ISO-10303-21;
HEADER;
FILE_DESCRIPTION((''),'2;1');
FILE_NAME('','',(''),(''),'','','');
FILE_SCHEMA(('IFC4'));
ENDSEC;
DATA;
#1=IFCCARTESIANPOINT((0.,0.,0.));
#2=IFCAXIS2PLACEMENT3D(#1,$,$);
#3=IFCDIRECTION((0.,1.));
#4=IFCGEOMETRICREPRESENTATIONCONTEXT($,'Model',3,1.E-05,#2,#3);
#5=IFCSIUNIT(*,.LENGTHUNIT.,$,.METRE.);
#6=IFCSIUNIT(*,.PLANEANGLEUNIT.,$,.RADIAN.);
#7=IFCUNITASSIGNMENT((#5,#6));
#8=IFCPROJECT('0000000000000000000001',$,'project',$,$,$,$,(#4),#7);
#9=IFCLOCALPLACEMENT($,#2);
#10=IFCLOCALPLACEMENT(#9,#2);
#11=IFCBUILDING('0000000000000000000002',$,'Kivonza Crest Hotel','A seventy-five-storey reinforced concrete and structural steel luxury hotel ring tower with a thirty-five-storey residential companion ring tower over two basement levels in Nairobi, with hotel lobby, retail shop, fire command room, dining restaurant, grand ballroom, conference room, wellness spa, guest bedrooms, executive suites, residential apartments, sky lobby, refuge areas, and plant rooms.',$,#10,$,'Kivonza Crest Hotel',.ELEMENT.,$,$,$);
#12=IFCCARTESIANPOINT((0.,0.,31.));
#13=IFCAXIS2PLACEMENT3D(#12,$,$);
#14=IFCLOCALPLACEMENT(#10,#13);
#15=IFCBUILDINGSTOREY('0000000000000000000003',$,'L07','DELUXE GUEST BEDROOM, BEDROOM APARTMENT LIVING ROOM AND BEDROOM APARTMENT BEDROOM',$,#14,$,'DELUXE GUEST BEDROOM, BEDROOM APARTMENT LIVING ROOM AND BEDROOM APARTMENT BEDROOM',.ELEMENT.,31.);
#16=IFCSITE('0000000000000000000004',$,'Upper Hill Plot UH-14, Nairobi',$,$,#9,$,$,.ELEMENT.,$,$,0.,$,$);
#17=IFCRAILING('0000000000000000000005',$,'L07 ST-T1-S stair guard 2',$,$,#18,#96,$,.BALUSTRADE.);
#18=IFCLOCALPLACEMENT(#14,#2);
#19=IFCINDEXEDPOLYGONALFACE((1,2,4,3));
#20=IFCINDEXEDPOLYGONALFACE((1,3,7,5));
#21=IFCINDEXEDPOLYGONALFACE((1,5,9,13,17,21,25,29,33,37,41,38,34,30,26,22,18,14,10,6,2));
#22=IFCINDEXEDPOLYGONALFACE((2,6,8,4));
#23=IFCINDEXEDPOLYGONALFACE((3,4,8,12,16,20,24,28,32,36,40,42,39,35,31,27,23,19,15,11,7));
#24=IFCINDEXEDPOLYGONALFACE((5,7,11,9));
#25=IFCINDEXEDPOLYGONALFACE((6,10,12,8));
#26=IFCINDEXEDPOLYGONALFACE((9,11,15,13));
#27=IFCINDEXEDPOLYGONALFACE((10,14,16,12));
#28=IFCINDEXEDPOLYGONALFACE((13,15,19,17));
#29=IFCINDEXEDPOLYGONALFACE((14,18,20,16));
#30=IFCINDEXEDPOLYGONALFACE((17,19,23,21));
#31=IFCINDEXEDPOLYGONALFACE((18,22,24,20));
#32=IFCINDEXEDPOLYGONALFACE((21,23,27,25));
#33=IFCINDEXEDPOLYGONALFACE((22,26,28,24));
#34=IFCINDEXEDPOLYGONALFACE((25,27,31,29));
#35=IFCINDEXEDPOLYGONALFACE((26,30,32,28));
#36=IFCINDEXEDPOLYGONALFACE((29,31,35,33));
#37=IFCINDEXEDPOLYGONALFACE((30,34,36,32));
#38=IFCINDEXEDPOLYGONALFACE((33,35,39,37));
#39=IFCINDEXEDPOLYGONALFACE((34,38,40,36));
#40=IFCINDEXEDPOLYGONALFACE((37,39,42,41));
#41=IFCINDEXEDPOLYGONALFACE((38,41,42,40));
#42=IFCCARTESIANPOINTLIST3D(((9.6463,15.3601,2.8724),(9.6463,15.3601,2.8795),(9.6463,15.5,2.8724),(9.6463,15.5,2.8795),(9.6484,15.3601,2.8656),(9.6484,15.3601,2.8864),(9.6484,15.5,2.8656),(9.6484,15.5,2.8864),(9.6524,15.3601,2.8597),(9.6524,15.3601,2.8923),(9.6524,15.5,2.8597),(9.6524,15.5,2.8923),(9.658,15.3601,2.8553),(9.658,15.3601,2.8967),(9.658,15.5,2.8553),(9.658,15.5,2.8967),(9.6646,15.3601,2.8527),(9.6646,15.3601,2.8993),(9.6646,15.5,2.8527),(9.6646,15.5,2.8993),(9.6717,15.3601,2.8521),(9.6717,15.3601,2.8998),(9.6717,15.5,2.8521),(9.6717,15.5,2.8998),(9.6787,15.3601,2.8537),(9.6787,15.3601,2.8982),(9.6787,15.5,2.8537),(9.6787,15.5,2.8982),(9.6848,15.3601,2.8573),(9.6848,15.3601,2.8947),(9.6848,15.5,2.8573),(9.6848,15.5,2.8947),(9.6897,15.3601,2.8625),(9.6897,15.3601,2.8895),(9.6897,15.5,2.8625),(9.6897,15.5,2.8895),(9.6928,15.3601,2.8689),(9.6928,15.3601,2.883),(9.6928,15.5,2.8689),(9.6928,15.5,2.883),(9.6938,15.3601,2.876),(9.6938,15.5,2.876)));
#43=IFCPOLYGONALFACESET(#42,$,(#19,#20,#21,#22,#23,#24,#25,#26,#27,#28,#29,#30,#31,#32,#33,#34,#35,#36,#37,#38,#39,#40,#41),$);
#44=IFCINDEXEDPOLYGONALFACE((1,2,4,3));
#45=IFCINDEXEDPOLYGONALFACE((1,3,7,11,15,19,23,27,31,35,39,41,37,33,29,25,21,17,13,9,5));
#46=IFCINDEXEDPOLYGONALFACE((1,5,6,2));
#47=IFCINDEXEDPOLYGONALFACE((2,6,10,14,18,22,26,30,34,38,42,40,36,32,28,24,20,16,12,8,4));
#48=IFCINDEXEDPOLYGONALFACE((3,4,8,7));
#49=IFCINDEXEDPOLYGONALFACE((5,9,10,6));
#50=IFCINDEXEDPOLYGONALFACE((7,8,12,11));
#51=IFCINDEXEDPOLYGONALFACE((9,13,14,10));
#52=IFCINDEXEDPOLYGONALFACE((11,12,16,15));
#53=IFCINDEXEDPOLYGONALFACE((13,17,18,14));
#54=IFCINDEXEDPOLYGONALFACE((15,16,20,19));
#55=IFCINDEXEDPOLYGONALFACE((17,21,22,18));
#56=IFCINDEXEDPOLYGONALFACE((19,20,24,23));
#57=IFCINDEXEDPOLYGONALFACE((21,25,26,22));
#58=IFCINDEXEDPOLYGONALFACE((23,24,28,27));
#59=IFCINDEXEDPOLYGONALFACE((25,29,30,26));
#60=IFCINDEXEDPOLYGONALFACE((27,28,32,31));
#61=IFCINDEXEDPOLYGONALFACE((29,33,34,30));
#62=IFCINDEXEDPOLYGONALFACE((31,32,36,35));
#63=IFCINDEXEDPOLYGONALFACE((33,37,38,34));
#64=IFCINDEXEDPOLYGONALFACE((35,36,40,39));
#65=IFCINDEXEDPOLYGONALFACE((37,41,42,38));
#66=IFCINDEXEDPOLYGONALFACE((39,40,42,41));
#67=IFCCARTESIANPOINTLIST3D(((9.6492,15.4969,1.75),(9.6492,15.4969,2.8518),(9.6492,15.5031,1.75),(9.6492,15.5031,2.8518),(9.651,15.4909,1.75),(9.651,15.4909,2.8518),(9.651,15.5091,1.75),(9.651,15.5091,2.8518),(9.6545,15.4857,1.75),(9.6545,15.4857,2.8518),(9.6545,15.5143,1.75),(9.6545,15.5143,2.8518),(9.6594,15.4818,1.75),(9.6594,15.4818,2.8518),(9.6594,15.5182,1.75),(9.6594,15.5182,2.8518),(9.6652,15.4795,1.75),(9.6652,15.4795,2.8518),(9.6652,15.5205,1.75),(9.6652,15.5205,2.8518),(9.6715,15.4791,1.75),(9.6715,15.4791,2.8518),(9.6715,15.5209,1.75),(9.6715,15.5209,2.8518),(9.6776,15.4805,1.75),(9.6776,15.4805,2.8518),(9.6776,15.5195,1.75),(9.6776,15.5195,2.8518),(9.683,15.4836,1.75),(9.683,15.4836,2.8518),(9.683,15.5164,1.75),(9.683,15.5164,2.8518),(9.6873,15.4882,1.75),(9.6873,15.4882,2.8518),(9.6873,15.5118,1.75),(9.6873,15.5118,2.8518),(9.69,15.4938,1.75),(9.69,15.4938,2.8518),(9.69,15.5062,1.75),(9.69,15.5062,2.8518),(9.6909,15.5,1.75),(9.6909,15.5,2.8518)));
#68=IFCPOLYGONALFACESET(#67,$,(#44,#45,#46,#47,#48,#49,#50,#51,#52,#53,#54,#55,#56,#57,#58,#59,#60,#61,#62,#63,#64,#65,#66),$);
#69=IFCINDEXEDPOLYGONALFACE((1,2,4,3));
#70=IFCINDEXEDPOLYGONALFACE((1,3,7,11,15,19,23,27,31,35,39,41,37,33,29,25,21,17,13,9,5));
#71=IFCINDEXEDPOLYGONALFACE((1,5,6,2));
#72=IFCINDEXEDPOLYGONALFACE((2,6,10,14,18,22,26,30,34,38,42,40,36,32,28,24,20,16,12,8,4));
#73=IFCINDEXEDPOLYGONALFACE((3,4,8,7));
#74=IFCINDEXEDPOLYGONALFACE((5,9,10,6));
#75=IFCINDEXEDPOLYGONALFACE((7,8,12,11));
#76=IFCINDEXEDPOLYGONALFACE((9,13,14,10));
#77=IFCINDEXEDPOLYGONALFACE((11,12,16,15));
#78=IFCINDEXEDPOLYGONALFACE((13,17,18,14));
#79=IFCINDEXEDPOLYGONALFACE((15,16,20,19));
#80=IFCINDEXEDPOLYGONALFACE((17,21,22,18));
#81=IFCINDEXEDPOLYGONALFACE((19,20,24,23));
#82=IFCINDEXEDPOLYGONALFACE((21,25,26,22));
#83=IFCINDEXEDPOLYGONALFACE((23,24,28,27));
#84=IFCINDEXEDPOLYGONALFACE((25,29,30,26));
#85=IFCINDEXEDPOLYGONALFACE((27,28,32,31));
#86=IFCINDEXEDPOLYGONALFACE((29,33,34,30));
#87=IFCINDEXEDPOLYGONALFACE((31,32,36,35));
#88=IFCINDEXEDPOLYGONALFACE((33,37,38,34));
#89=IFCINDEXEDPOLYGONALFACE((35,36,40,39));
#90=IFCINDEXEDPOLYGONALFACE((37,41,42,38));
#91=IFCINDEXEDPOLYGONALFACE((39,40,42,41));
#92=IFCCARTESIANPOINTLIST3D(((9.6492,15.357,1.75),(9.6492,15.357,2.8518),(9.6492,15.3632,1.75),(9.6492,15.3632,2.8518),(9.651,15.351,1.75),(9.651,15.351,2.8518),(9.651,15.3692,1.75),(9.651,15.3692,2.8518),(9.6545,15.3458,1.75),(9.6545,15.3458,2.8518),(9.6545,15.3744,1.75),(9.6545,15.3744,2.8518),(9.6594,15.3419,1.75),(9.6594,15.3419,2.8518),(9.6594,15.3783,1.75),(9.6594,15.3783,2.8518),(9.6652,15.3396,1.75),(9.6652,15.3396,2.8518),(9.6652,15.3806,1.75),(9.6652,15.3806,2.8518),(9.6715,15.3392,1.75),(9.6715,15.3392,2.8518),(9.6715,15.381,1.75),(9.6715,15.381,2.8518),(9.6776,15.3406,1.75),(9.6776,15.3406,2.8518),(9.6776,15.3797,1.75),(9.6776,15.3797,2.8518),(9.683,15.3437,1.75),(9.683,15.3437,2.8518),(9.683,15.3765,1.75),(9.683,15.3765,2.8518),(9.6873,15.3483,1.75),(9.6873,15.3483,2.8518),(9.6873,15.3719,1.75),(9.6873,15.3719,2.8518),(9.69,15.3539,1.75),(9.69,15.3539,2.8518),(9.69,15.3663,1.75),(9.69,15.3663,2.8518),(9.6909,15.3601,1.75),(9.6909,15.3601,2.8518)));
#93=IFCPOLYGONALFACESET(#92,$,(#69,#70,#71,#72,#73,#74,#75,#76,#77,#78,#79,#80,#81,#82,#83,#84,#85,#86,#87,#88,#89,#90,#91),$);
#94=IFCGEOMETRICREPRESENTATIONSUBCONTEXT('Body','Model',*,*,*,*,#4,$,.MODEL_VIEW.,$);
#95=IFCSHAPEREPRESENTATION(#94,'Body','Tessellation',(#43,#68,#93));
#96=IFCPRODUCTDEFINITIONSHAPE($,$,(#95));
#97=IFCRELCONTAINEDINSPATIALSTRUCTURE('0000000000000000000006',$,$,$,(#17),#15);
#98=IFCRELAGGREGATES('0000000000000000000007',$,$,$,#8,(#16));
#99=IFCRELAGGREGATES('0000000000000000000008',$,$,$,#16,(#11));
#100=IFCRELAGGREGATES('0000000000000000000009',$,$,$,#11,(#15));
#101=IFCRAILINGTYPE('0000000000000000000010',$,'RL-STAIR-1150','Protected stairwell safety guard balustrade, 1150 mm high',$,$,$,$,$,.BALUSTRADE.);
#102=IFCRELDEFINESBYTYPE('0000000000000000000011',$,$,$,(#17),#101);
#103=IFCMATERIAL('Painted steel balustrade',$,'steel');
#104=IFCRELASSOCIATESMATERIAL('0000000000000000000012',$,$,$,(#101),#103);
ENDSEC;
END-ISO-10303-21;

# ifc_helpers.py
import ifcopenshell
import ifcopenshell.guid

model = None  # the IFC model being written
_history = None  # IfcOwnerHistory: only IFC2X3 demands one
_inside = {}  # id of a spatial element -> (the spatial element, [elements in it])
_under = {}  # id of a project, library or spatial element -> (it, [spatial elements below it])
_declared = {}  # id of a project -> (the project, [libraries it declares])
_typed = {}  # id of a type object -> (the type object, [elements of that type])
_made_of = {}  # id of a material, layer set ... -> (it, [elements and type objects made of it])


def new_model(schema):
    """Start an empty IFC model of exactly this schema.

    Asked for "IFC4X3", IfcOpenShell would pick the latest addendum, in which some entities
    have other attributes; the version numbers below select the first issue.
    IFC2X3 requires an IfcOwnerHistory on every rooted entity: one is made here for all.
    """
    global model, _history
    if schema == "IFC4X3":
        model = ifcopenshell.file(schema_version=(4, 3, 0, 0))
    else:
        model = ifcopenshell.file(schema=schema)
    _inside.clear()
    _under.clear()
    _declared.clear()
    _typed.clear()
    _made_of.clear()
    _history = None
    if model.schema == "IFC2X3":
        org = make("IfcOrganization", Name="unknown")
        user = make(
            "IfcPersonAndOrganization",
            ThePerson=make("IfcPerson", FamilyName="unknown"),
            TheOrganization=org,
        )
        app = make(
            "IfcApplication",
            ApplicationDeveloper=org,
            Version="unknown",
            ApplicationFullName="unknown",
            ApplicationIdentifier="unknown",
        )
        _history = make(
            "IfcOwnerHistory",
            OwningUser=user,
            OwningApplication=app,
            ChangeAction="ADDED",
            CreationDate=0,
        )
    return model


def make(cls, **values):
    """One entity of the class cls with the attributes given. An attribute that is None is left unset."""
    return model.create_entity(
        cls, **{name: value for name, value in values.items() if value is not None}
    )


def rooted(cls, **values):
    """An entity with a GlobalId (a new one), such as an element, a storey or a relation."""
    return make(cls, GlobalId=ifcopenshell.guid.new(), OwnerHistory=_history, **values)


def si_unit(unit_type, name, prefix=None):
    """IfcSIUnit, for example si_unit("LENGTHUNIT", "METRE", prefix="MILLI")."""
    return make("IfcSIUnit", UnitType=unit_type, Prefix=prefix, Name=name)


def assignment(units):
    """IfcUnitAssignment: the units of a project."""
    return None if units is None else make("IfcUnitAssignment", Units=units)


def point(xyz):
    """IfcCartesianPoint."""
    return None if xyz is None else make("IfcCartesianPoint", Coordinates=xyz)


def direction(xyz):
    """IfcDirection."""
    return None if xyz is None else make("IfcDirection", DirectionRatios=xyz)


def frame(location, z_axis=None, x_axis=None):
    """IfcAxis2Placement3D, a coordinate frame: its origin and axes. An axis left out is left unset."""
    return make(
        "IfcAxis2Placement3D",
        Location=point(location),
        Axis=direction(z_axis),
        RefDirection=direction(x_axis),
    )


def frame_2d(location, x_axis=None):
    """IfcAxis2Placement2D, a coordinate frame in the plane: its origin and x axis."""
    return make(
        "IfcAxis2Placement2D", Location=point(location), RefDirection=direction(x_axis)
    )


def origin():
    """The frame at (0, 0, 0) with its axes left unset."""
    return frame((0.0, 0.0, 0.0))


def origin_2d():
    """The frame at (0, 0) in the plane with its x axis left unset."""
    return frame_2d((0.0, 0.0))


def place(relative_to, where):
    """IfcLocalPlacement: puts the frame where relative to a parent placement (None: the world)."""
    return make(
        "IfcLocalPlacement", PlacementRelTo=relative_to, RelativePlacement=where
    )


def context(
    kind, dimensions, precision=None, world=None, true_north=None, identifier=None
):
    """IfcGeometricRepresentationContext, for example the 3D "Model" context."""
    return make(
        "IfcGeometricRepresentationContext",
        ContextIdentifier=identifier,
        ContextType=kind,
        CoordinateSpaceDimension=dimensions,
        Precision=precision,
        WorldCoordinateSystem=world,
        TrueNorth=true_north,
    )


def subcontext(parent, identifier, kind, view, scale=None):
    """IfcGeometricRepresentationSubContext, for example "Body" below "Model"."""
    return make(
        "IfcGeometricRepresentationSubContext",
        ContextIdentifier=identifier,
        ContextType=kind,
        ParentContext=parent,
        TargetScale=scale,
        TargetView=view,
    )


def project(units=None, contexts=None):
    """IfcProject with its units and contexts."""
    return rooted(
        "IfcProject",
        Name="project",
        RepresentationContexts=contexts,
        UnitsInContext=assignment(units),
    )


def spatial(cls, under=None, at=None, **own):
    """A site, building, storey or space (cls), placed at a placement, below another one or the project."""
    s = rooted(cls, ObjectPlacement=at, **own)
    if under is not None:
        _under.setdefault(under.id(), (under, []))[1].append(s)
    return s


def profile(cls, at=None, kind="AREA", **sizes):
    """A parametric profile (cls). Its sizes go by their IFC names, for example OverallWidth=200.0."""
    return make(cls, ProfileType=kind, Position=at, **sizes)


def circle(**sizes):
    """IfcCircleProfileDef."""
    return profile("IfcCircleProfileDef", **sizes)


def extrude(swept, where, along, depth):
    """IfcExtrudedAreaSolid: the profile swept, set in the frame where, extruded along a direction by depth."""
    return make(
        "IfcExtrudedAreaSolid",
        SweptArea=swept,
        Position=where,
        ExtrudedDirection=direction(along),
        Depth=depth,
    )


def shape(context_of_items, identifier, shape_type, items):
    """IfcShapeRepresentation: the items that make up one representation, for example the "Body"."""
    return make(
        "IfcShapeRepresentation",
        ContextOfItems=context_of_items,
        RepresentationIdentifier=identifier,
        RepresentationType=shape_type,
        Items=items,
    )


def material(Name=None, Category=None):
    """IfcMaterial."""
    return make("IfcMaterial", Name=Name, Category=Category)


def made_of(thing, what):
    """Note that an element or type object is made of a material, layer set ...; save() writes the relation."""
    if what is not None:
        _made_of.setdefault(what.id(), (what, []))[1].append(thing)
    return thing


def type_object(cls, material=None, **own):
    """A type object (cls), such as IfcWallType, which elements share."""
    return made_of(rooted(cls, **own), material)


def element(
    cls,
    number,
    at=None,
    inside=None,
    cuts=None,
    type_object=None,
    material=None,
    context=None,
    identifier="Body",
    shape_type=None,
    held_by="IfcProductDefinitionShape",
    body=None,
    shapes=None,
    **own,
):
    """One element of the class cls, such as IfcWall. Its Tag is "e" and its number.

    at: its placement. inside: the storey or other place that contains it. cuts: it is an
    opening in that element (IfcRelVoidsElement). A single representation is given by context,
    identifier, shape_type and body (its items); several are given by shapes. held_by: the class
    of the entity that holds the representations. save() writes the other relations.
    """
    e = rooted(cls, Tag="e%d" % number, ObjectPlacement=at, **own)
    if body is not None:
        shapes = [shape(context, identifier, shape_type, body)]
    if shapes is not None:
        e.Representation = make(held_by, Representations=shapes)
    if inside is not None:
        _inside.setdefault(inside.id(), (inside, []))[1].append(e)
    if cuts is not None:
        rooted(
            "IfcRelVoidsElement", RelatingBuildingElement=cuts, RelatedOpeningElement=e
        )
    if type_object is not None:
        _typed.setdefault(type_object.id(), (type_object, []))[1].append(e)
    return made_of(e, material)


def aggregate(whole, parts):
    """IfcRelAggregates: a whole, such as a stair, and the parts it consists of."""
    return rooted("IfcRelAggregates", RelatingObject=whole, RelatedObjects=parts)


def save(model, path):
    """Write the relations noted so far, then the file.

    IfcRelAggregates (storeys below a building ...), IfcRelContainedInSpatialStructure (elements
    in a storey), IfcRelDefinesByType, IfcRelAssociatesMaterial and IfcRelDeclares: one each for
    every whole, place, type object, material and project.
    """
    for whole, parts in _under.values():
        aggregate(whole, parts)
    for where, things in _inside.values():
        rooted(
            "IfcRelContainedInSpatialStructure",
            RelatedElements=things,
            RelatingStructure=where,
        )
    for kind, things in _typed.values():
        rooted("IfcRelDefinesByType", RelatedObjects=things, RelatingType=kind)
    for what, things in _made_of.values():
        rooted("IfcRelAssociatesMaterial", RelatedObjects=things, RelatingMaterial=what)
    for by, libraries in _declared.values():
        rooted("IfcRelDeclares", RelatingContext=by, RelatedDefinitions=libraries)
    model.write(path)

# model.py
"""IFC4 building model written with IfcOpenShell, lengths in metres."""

from ifc_helpers import new_model, si_unit, direction, frame, origin, origin_2d, place, context, subcontext, project, spatial, circle, extrude, material, type_object, element, save


model = new_model("IFC4")

# Units and contexts
model_context = context("Model", 3, precision=1e-05, world=origin(), true_north=direction((0.0, 1.0)))
body_context = subcontext(model_context, "Body", "Model", "MODEL_VIEW")
ifc_project = project(units=[si_unit("LENGTHUNIT", "METRE"), si_unit("PLANEANGLEUNIT", "RADIAN")], contexts=[model_context])

# Site, building, storey
site_placement = place(None, origin())
site = spatial("IfcSite", under=ifc_project, at=site_placement, Name="Upper Hill Plot UH-14, Nairobi", CompositionType="ELEMENT", RefElevation=0.0)
building_placement = place(site_placement, origin())
building = spatial("IfcBuilding", under=site, at=building_placement, Name="Kivonza Crest Hotel", Description="A seventy-five-storey reinforced concrete and structural steel luxury hotel ring tower with a thirty-five-storey residential companion ring tower over two basement levels in Nairobi, with hotel lobby, retail shop, fire command room, dining restaurant, grand ballroom, conference room, wellness spa, guest bedrooms, executive suites, residential apartments, sky lobby, refuge areas, and plant rooms.", LongName="Kivonza Crest Hotel", CompositionType="ELEMENT")
storey_placement = place(building_placement, frame((0.0, 0.0, 31.0)))
storey = spatial("IfcBuildingStorey", under=building, at=storey_placement, Name="L07", Description="DELUXE GUEST BEDROOM, BEDROOM APARTMENT LIVING ROOM AND BEDROOM APARTMENT BEDROOM", LongName="DELUXE GUEST BEDROOM, BEDROOM APARTMENT LIVING ROOM AND BEDROOM APARTMENT BEDROOM", CompositionType="ELEMENT", Elevation=31.0)

# Railing
ifc_material_1 = material(Name="Painted steel balustrade", Category="steel")
railing_type_1 = type_object("IfcRailingType", Name="RL-STAIR-1150", Description="Protected stairwell safety guard balustrade, 1150 mm high", PredefinedType="BALUSTRADE", material=ifc_material_1)
railing_1_placement = place(storey_placement, frame((9.6699, 15.5, 1.75)))
element("IfcRailing", 1, at=railing_1_placement, inside=storey, type_object=railing_type_1, Name="L07 ST-T1-S stair guard 2", PredefinedType="BALUSTRADE", context=body_context, shape_type="SweptSolid", body=[
    extrude(circle(Radius=0.0239, at=origin_2d()), frame((0.0, 0.0, 1.126), z_axis=(0.0, -1.0, 0.0), x_axis=(1.0, 0.0, 0.0)), (0.0, 0.0, 1.0), 0.1399),
    extrude(circle(Radius=0.021, at=origin_2d()), origin(), (0.0, 0.0, 1.0), 1.1018),
    extrude(circle(Radius=0.021, at=origin_2d()), frame((0.0, -0.1399, 0.0)), (0.0, 0.0, 1.0), 1.1018),
])

save(model, "model.ifc")
